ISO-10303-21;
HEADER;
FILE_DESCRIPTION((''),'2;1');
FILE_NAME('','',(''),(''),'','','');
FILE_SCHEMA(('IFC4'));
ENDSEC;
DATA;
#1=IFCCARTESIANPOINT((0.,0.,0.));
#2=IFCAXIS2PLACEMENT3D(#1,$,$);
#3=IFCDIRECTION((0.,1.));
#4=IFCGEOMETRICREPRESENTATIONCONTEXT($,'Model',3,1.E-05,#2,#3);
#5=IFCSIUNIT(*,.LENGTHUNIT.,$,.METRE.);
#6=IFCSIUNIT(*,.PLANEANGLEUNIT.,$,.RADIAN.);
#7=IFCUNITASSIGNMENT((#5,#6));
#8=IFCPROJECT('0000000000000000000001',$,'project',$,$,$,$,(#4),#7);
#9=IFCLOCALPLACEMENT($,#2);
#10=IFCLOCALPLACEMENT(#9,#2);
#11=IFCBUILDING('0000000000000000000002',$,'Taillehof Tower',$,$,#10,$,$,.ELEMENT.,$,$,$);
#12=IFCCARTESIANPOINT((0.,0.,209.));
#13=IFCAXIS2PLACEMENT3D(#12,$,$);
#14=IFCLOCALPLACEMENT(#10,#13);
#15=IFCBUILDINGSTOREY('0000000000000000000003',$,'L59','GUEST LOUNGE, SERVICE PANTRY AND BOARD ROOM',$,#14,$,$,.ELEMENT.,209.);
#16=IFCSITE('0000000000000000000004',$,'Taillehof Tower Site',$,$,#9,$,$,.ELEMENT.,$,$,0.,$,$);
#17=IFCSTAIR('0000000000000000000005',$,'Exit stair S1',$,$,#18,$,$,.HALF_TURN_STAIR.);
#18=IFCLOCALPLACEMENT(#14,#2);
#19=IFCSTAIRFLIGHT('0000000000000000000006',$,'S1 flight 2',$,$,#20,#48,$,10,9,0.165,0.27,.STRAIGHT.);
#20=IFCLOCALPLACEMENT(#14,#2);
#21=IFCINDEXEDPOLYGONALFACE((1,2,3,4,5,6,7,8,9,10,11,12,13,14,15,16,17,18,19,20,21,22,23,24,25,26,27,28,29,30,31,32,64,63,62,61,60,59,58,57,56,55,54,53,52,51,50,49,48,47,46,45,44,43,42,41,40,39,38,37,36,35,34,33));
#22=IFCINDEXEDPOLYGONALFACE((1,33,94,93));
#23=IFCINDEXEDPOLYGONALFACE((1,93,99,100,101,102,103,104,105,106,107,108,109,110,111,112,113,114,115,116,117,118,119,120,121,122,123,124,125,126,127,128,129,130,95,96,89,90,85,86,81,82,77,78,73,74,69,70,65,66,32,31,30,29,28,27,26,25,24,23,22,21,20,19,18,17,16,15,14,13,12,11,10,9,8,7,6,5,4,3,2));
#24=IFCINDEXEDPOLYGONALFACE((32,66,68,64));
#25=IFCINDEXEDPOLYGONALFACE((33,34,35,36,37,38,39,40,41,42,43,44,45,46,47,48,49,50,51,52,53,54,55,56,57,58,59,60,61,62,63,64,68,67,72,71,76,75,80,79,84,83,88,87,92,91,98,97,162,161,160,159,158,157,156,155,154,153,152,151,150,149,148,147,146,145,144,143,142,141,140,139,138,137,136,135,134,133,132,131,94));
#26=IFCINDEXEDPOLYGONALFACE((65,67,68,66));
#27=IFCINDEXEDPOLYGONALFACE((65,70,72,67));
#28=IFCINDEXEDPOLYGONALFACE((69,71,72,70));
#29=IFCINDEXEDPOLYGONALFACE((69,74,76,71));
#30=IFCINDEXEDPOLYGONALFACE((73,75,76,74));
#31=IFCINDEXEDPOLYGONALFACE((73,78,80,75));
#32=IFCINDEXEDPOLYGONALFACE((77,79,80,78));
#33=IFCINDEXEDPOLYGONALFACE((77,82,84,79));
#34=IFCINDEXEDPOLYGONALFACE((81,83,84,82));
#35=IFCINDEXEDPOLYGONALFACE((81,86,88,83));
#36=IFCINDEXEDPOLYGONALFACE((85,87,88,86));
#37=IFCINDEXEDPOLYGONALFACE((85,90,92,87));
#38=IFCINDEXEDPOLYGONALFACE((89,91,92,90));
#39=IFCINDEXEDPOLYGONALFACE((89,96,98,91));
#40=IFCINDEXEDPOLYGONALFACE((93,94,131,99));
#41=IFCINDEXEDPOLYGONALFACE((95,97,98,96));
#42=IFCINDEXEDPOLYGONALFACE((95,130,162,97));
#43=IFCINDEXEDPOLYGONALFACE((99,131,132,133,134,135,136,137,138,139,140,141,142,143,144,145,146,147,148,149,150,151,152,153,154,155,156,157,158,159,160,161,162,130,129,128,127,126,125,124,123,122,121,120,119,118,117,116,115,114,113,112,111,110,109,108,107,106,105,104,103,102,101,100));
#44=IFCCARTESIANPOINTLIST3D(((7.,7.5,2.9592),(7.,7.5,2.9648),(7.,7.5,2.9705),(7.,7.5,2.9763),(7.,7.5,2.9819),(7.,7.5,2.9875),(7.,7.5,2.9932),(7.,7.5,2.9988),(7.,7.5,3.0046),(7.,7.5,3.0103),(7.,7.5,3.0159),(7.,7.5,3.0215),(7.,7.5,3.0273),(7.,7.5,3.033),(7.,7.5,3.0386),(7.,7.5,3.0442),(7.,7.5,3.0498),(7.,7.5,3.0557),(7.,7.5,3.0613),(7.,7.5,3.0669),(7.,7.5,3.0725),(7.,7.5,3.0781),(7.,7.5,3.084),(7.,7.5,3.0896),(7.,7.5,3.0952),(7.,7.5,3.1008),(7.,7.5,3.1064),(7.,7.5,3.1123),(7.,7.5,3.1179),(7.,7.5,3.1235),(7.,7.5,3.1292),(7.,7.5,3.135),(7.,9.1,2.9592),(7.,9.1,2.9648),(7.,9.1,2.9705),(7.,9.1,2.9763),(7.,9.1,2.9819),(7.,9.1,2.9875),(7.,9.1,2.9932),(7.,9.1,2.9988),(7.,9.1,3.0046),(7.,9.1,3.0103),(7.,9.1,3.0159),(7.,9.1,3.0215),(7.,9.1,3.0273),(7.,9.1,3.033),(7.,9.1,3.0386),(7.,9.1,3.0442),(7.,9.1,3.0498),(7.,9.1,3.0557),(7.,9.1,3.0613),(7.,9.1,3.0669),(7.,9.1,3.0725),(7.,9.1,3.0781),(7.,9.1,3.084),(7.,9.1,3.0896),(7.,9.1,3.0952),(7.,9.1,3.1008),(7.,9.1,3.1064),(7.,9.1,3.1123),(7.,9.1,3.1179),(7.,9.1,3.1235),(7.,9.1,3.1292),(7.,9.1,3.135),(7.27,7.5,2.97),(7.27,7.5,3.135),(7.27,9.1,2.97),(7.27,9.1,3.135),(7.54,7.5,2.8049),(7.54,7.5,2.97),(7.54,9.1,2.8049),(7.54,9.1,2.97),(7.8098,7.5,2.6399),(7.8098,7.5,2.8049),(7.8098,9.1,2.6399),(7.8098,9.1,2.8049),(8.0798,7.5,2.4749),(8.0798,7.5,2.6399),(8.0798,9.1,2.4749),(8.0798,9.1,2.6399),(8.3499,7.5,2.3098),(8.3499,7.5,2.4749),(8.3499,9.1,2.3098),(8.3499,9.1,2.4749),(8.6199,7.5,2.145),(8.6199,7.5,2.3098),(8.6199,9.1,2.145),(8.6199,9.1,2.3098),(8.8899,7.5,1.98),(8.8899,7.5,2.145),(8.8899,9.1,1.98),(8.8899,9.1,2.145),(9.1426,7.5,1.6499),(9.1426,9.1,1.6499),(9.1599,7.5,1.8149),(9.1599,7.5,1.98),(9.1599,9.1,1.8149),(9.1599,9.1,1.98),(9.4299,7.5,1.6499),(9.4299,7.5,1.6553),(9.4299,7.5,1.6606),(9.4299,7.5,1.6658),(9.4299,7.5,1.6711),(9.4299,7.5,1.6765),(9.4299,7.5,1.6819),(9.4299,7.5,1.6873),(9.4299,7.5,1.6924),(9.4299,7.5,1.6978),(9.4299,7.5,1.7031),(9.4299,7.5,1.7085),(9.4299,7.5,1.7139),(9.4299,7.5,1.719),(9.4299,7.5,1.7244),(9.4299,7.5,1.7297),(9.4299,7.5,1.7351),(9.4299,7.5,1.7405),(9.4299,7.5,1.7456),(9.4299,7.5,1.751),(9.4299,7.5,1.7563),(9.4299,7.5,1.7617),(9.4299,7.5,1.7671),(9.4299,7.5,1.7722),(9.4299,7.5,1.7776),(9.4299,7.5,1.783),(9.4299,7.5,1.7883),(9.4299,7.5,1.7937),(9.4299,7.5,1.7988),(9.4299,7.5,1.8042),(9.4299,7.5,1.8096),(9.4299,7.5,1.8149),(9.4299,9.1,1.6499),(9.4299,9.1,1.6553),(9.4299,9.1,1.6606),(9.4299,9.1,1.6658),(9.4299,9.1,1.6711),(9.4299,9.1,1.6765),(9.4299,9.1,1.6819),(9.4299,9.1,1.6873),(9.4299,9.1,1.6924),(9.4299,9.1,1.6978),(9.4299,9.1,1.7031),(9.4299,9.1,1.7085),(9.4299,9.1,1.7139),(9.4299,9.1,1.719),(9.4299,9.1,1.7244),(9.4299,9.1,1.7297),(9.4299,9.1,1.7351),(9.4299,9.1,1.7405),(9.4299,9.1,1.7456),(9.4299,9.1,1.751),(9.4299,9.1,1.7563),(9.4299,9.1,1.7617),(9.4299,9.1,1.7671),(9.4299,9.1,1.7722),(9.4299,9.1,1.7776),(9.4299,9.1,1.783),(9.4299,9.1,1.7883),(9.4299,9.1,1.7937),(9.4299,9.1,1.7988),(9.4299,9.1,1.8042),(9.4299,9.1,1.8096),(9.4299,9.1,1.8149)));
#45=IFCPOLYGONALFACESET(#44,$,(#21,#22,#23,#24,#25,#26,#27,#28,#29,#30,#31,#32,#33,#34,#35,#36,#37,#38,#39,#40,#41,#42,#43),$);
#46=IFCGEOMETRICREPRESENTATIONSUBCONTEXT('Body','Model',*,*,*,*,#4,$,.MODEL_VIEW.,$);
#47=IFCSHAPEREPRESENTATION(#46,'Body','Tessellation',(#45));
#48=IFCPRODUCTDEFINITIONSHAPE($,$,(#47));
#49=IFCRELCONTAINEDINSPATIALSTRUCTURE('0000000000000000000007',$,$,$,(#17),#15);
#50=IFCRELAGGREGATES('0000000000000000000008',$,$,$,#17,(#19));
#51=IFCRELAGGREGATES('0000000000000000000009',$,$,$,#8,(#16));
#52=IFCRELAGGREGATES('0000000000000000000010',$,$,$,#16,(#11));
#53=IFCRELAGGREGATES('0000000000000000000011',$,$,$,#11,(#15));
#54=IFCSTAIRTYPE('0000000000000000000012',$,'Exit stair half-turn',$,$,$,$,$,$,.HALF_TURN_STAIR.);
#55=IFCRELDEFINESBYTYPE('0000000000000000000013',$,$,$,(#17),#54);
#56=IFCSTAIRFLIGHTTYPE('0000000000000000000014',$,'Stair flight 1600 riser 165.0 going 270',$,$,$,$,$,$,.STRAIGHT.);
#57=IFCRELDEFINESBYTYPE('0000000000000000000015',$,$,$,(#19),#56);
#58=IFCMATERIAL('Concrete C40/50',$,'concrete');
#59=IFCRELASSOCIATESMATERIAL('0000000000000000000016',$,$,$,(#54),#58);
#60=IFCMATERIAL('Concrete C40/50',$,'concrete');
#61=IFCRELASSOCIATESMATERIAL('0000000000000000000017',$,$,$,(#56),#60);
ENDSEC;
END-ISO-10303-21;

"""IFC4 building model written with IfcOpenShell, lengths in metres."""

from ifc_helpers import new_model, si_unit, direction, frame, origin, place, context, subcontext, project, spatial, polyline, outline, extrude, material, type_object, element, aggregate, save


model = new_model("IFC4")

# Units and contexts
model_context = context("Model", 3, precision=1e-05, world=origin(), true_north=direction((0.0, 1.0)))
body_context = subcontext(model_context, "Body", "Model", "MODEL_VIEW")
ifc_project = project(units=[si_unit("LENGTHUNIT", "METRE"), si_unit("PLANEANGLEUNIT", "RADIAN")], contexts=[model_context])

# Site, building, storey
site_placement = place(None, origin())
site = spatial("IfcSite", under=ifc_project, at=site_placement, Name="Taillehof Tower Site", CompositionType="ELEMENT", RefElevation=0.0)
building_placement = place(site_placement, origin())
building = spatial("IfcBuilding", under=site, at=building_placement, Name="Taillehof Tower", CompositionType="ELEMENT")
storey_placement = place(building_placement, frame((0.0, 0.0, 209.0)))
storey = spatial("IfcBuildingStorey", under=building, at=storey_placement, Name="L59", Description="GUEST LOUNGE, SERVICE PANTRY AND BOARD ROOM", CompositionType="ELEMENT", Elevation=209.0)

# Stair, stair flight
ifc_material_1 = material(Name="Concrete C40/50", Category="concrete")
stair_type = type_object("IfcStairType", Name="Exit stair half-turn", PredefinedType="HALF_TURN_STAIR", material=ifc_material_1)
stair_placement = place(storey_placement, origin())
stair = element("IfcStair", 1, at=stair_placement, inside=storey, type_object=stair_type, Name="Exit stair S1", PredefinedType="HALF_TURN_STAIR")
ifc_material_2 = material(Name="Concrete C40/50", Category="concrete")
stair_flight_type = type_object("IfcStairFlightType", Name="Stair flight 1600 riser 165.0 going 270", PredefinedType="STRAIGHT", material=ifc_material_2)
stair_flight_placement = place(storey_placement, frame((9.4299, 8.3, 1.6499), z_axis=(0.0, 0.0, 1.0), x_axis=(-1.0, 0.0, 0.0)))
stair_flight = element("IfcStairFlight", 2, at=stair_flight_placement, type_object=stair_flight_type, Name="S1 flight 2", NumberOfRisers=10, NumberOfTreads=9, PredefinedType="STRAIGHT", RiserHeight=0.165, TreadLength=0.27, context=body_context, shape_type="SweptSolid", body=[
    extrude(outline(polyline([(0.0, 0.0), (0.0, 0.0054), (0.0, 0.0107), (0.0, 0.0159), (0.0, 0.0212), (0.0, 0.0266), (0.0, 0.032), (0.0, 0.0374), (0.0, 0.0425), (0.0, 0.0479), (0.0, 0.0532), (0.0, 0.0586), (0.0, 0.064), (0.0, 0.0691), (0.0, 0.0745), (0.0, 0.0798), (0.0, 0.0852), (0.0, 0.0906), (0.0, 0.0957), (0.0, 0.1011), (0.0, 0.1064), (0.0, 0.1118), (0.0, 0.1172), (0.0, 0.1223), (0.0, 0.1277), (0.0, 0.1331), (0.0, 0.1384), (0.0, 0.1438), (0.0, 0.1489), (0.0, 0.1543), (0.0, 0.1597), (0.0, 0.165), (0.27, 0.165), (0.27, 0.3301), (0.54, 0.3301), (0.54, 0.4951), (0.8101, 0.4951), (0.8101, 0.6599), (1.0801, 0.6599), (1.0801, 0.825), (1.3501, 0.825), (1.3501, 0.99), (1.6201, 0.99), (1.6201, 1.155), (1.8899, 1.155), (1.8899, 1.3201), (2.1599, 1.3201), (2.1599, 1.4851), (2.4299, 1.4851), (2.4299, 1.4792), (2.4299, 1.4736), (2.4299, 1.468), (2.4299, 1.4624), (2.4299, 1.4565), (2.4299, 1.4509), (2.4299, 1.4453), (2.4299, 1.4397), (2.4299, 1.4341), (2.4299, 1.4282), (2.4299, 1.4226), (2.4299, 1.417), (2.4299, 1.4114), (2.4299, 1.4058), (2.4299, 1.3999), (2.4299, 1.3943), (2.4299, 1.3887), (2.4299, 1.3831), (2.4299, 1.3774), (2.4299, 1.3716), (2.4299, 1.366), (2.4299, 1.3604), (2.4299, 1.3547), (2.4299, 1.3489), (2.4299, 1.3433), (2.4299, 1.3376), (2.4299, 1.332), (2.4299, 1.3264), (2.4299, 1.3206), (2.4299, 1.3149), (2.4299, 1.3093), (0.2874, 0.0), (0.0, 0.0)])), frame((0.0, 0.8, 0.0), z_axis=(0.0, -1.0, 0.0), x_axis=(1.0, 0.0, 0.0)), (0.0, 0.0, 1.0), 1.6),
])
aggregate(stair, [stair_flight])

save(model, "model.ifc")
